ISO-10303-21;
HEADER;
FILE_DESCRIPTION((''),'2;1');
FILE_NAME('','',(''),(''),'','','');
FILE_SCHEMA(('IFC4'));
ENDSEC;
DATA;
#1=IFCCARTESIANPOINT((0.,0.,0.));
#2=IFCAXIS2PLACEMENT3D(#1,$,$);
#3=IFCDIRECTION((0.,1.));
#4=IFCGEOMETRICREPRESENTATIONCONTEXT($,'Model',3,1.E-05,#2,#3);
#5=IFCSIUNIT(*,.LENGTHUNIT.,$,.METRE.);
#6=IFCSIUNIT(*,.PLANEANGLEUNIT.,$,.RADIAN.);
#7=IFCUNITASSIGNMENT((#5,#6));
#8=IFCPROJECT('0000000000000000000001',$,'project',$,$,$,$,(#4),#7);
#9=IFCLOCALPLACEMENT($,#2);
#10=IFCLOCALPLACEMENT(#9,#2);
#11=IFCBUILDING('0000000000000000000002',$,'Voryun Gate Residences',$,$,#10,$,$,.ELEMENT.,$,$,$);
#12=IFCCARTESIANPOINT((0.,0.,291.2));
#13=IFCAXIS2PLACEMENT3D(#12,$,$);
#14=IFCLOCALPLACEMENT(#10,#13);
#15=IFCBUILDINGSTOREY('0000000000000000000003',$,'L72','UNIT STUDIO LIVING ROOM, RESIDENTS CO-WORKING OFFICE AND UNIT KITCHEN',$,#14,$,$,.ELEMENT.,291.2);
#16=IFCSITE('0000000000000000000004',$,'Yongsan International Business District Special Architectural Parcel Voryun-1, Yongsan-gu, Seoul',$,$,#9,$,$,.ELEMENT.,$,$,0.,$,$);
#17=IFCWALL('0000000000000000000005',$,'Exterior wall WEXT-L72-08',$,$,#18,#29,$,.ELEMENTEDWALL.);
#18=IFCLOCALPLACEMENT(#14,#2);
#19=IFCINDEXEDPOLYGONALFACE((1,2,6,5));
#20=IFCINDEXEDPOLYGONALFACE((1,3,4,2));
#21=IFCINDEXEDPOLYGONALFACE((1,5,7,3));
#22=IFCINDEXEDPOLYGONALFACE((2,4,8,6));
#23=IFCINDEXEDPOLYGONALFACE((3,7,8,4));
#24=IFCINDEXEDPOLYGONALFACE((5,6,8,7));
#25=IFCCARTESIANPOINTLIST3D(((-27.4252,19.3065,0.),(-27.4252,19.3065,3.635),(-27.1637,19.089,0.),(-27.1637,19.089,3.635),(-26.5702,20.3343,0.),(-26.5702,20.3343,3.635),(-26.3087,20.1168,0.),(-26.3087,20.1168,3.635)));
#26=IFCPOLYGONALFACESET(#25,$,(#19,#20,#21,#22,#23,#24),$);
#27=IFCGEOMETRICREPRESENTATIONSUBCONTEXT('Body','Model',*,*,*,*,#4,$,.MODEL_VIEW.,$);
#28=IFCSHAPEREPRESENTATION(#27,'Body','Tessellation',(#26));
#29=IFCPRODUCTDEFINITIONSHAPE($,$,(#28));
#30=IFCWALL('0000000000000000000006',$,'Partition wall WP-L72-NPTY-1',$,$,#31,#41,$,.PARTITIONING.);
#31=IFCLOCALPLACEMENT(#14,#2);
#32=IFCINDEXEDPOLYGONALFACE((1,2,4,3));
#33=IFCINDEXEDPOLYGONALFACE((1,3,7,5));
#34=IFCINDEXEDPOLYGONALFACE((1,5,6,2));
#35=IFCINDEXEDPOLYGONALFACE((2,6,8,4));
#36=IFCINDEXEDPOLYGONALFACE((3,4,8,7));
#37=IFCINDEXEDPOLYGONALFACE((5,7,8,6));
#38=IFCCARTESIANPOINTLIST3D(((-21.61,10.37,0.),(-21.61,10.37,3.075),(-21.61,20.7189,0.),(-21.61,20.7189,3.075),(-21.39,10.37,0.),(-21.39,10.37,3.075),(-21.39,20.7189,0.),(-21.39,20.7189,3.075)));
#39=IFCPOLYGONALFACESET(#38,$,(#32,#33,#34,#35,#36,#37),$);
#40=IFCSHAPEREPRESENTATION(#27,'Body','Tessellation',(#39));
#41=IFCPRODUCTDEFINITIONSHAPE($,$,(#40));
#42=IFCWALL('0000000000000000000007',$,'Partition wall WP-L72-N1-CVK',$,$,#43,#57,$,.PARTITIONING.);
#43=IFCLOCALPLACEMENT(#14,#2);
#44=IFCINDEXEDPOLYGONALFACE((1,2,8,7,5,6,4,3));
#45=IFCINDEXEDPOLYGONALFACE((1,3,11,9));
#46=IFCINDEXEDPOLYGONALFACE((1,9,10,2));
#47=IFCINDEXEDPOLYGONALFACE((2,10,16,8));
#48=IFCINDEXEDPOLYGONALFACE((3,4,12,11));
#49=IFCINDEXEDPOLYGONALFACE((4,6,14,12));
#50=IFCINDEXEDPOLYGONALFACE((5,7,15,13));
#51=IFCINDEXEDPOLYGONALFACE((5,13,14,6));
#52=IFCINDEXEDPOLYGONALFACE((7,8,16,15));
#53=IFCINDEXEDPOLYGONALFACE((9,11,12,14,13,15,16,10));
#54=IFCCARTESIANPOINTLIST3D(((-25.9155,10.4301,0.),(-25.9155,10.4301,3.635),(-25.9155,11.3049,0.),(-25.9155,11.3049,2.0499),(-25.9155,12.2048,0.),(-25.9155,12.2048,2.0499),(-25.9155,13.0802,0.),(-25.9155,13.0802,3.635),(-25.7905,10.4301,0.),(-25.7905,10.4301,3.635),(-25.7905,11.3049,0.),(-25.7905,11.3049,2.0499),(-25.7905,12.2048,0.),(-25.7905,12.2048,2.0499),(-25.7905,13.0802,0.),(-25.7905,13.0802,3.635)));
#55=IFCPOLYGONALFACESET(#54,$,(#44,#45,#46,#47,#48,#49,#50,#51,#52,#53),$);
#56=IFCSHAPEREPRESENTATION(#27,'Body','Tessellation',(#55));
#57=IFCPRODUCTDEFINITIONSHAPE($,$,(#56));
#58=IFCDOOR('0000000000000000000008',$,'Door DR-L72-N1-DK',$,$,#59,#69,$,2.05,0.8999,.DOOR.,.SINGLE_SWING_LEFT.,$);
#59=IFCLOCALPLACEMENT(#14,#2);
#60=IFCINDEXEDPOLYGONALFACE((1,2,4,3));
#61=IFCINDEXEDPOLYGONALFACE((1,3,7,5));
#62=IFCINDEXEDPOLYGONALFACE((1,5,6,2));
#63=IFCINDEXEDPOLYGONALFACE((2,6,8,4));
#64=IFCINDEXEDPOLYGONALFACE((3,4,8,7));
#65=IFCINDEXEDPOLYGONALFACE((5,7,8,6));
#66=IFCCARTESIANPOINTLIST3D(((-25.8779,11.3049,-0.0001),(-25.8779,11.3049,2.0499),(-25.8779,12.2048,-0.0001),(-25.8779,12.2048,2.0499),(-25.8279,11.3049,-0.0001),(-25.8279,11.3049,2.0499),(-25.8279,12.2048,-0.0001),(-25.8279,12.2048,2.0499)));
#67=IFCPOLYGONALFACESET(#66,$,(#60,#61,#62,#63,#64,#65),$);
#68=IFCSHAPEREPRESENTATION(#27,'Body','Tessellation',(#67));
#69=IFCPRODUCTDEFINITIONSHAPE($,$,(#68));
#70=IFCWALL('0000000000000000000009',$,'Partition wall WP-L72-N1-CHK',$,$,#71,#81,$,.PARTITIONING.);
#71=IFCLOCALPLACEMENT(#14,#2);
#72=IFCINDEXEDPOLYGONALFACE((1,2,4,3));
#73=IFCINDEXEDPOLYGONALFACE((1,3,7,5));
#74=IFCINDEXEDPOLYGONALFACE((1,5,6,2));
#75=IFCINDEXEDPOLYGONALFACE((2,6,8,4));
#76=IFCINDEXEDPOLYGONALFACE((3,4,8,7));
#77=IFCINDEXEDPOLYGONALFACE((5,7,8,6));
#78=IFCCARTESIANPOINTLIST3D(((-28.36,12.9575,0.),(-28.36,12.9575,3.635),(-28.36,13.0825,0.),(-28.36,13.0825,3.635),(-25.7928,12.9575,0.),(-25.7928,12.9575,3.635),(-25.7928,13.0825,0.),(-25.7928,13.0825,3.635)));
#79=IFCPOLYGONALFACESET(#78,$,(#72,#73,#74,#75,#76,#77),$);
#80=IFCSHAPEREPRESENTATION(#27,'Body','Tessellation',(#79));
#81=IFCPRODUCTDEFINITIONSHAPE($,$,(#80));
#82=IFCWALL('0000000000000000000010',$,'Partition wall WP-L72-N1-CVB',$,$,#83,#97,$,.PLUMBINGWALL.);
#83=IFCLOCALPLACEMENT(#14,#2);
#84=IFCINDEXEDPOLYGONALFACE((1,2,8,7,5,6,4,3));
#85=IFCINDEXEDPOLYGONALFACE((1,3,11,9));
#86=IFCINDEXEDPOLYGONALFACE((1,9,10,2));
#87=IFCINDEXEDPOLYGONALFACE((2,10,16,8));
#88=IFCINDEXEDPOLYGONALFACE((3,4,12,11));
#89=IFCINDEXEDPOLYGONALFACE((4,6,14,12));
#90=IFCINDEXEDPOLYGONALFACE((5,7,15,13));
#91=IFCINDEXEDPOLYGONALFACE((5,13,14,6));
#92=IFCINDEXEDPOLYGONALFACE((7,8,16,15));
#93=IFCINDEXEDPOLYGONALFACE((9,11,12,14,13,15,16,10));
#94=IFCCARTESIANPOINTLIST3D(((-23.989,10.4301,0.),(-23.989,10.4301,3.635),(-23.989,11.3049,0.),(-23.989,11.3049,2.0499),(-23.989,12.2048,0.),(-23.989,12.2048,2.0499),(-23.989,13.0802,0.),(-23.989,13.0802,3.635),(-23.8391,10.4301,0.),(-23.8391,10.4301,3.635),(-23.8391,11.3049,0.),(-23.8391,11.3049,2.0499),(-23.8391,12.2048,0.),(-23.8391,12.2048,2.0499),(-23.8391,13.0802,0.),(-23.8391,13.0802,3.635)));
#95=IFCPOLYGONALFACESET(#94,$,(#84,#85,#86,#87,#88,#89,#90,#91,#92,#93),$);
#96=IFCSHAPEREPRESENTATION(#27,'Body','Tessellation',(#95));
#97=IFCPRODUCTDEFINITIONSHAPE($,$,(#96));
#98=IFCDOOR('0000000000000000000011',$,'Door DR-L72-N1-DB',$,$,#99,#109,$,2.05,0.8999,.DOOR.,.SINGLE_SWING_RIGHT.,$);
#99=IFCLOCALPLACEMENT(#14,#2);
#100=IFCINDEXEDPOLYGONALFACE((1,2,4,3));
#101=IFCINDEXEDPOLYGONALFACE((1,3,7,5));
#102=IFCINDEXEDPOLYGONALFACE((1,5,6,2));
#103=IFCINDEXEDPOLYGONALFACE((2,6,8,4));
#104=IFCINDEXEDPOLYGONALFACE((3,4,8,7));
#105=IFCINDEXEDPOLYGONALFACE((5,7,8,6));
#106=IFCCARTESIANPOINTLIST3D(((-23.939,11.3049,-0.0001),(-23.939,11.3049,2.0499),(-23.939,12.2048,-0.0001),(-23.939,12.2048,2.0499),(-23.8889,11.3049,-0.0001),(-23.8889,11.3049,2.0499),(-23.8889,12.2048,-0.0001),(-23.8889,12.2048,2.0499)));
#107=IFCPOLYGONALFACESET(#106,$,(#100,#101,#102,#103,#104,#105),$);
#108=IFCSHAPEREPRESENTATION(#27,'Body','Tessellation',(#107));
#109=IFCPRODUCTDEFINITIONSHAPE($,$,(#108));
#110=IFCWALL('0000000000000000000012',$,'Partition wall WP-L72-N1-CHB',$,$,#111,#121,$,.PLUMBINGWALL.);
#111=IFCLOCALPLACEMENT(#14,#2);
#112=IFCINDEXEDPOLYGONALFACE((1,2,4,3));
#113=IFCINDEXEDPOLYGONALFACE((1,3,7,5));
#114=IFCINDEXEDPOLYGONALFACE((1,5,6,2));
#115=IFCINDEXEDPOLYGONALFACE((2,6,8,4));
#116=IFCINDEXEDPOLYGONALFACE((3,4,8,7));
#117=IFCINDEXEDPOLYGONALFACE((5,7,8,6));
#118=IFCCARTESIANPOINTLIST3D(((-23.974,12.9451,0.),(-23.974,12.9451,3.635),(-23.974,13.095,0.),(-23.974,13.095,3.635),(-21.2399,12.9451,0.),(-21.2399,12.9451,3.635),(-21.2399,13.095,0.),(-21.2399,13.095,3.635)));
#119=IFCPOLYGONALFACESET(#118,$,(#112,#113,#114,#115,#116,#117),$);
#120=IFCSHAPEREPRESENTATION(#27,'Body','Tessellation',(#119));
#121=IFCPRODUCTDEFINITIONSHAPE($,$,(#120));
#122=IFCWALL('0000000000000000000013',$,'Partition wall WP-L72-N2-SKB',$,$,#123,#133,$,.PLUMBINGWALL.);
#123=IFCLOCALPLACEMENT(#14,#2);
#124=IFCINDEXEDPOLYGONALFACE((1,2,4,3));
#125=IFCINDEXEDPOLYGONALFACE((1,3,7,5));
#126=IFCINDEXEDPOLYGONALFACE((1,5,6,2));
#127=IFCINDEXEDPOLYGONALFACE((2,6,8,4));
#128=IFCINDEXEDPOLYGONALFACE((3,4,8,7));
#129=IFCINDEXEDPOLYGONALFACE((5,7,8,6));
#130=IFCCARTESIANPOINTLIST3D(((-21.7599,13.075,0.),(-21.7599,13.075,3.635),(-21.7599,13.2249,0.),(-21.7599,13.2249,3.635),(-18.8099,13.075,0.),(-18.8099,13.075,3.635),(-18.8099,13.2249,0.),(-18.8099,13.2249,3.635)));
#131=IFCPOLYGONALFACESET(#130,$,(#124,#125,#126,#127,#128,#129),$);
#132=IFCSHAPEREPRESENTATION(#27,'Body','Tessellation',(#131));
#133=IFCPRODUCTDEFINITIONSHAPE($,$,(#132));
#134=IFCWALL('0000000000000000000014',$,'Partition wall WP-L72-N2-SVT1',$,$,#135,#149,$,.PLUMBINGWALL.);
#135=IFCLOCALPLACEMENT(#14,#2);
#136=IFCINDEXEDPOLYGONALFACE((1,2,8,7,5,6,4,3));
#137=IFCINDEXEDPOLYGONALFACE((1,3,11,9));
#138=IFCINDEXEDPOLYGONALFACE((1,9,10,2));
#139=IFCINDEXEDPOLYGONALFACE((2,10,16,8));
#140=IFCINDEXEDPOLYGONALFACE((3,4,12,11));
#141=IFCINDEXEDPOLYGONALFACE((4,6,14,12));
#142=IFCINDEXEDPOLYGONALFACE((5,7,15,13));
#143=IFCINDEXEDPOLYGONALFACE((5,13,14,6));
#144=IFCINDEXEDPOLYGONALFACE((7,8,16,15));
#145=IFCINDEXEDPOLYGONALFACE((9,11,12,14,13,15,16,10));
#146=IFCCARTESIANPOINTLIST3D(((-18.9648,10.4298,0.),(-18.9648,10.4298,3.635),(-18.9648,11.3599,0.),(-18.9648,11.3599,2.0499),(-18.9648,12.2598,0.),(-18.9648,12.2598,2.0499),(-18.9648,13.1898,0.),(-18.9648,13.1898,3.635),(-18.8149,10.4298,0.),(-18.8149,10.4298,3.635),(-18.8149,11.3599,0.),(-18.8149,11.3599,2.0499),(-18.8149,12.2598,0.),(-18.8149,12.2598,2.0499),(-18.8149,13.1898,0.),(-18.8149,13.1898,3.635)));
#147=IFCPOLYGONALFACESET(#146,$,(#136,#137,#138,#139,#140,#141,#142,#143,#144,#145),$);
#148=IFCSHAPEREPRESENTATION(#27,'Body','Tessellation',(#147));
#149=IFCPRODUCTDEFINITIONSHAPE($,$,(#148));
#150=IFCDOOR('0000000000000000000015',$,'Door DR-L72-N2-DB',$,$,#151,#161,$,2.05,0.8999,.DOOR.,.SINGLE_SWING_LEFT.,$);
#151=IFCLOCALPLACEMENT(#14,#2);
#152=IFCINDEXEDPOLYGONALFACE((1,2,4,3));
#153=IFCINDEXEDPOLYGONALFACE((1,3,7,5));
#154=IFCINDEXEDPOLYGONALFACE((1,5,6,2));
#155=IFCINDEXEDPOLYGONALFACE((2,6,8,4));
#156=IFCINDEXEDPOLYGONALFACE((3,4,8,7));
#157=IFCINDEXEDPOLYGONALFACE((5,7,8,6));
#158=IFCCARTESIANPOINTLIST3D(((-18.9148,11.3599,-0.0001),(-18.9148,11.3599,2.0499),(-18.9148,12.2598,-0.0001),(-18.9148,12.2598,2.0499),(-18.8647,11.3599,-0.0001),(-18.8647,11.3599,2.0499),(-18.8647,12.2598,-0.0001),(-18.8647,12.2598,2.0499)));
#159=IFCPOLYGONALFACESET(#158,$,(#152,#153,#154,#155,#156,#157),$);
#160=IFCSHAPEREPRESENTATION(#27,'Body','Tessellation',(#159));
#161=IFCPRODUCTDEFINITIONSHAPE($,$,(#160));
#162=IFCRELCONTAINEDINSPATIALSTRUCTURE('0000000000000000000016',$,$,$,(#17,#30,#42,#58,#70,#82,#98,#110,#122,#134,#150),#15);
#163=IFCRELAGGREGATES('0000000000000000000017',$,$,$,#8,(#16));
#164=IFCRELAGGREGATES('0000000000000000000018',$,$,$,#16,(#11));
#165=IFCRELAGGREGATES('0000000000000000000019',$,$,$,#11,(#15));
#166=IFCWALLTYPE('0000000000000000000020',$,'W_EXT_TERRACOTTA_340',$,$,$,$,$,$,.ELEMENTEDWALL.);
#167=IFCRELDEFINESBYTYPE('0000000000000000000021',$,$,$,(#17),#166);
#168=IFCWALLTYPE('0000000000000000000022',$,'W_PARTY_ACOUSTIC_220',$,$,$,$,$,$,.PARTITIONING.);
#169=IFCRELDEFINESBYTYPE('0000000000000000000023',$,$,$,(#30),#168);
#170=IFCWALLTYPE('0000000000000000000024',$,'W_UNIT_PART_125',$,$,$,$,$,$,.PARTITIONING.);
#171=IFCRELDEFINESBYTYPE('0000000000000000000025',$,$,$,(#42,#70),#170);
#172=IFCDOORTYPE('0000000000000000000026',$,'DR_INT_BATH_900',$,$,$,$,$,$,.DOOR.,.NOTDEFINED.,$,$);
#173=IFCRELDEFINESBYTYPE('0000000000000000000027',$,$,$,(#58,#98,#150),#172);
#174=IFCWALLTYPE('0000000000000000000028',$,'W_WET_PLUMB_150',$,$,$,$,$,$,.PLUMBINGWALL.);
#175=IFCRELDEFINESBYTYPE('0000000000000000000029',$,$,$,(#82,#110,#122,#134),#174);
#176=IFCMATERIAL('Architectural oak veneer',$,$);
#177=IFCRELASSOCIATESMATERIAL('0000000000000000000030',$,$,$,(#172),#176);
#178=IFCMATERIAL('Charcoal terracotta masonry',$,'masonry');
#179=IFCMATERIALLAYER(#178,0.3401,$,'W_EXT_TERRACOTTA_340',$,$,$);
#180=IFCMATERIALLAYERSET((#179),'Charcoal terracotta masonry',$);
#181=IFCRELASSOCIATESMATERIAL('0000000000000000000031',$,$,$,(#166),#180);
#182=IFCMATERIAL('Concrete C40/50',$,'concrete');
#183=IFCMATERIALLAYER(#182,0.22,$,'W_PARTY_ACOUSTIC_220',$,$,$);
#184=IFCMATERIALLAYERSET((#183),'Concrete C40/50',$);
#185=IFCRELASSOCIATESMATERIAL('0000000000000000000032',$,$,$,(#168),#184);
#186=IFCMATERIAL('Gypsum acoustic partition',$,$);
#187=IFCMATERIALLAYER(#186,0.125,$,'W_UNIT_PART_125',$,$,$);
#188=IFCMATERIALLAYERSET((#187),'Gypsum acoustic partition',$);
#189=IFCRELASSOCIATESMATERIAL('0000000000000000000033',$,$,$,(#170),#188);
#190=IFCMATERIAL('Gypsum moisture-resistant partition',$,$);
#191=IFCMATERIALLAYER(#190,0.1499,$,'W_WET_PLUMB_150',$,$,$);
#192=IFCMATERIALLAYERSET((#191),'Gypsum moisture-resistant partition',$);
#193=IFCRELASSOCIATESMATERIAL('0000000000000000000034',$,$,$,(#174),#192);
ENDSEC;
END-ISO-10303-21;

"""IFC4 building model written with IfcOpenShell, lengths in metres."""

from ifc_helpers import new_model, si_unit, direction, frame, frame_2d, origin, place, context, subcontext, project, spatial, rectangle, extrude, material, layer, layer_set, type_object, element, fill, save


model = new_model("IFC4")

# Units and contexts
model_context = context("Model", 3, precision=1e-05, world=origin(), true_north=direction((0.0, 1.0)))
body_context = subcontext(model_context, "Body", "Model", "MODEL_VIEW")
ifc_project = project(units=[si_unit("LENGTHUNIT", "METRE"), si_unit("PLANEANGLEUNIT", "RADIAN")], contexts=[model_context])

# Site, building, storey
site_placement = place(None, origin())
site = spatial("IfcSite", under=ifc_project, at=site_placement, Name="Yongsan International Business District Special Architectural Parcel Voryun-1, Yongsan-gu, Seoul", CompositionType="ELEMENT", RefElevation=0.0)
building_placement = place(site_placement, origin())
building = spatial("IfcBuilding", under=site, at=building_placement, Name="Voryun Gate Residences", CompositionType="ELEMENT")
storey_placement = place(building_placement, frame((0.0, 0.0, 291.2)))
storey = spatial("IfcBuildingStorey", under=building, at=storey_placement, Name="L72", Description="UNIT STUDIO LIVING ROOM, RESIDENTS CO-WORKING OFFICE AND UNIT KITCHEN", CompositionType="ELEMENT", Elevation=291.2)

# Shared definitions
ifc_material_1 = material(Name="Architectural oak veneer")
door_type_1 = type_object("IfcDoorType", Name="DR_INT_BATH_900", OperationType="NOTDEFINED", PredefinedType="DOOR", material=ifc_material_1)

# Walls
ifc_material_2 = material(Name="Charcoal terracotta masonry", Category="masonry")
ifc_layer_1 = layer(ifc_material_2, 0.3401, Name="W_EXT_TERRACOTTA_340")
ifc_layer_set_1 = layer_set([ifc_layer_1], Name="Charcoal terracotta masonry")
wall_type_1 = type_object("IfcWallType", Name="W_EXT_TERRACOTTA_340", PredefinedType="ELEMENTEDWALL", material=ifc_layer_set_1)
wall_1_placement = place(storey_placement, frame((-27.2944, 19.1978, 0.0), z_axis=(0.0, 0.0, 1.0), x_axis=(0.639502, 0.76879, 0.0)))
element("IfcWall", 1, at=wall_1_placement, inside=storey, type_object=wall_type_1, Name="Exterior wall WEXT-L72-08", PredefinedType="ELEMENTEDWALL", context=body_context, shape_type="SweptSolid", body=[
    extrude(rectangle(XDim=1.3369, YDim=0.3401, at=frame_2d((0.6685, 0.0))), origin(), (0.0, 0.0, 1.0), 3.635),
])
ifc_material_3 = material(Name="Concrete C40/50", Category="concrete")
ifc_layer_2 = layer(ifc_material_3, 0.22, Name="W_PARTY_ACOUSTIC_220")
ifc_layer_set_2 = layer_set([ifc_layer_2], Name="Concrete C40/50")
wall_type_2 = type_object("IfcWallType", Name="W_PARTY_ACOUSTIC_220", PredefinedType="PARTITIONING", material=ifc_layer_set_2)
wall_2_placement = place(storey_placement, frame((-21.5, 10.3701, 0.0), z_axis=(0.0, 0.0, 1.0), x_axis=(0.0, 1.0, 0.0)))
element("IfcWall", 2, at=wall_2_placement, inside=storey, type_object=wall_type_2, Name="Partition wall WP-L72-NPTY-1", PredefinedType="PARTITIONING", context=body_context, shape_type="SweptSolid", body=[
    extrude(rectangle(XDim=10.3489, YDim=0.22, at=frame_2d((5.1743, 0.0))), origin(), (0.0, 0.0, 1.0), 3.075),
])

# Wall, opening, door
ifc_material_4 = material(Name="Gypsum acoustic partition")
ifc_layer_3 = layer(ifc_material_4, 0.125, Name="W_UNIT_PART_125")
ifc_layer_set_3 = layer_set([ifc_layer_3], Name="Gypsum acoustic partition")
wall_type_3 = type_object("IfcWallType", Name="W_UNIT_PART_125", PredefinedType="PARTITIONING", material=ifc_layer_set_3)
wall_3_placement = place(storey_placement, frame((-25.853, 10.4299, 0.0), z_axis=(0.0, 0.0, 1.0), x_axis=(0.0, 1.0, 0.0)))
wall_3 = element("IfcWall", 3, at=wall_3_placement, inside=storey, type_object=wall_type_3, Name="Partition wall WP-L72-N1-CVK", PredefinedType="PARTITIONING", context=body_context, shape_type="SweptSolid", body=[
    extrude(rectangle(XDim=2.6501, YDim=0.125, at=frame_2d((1.3252, 0.0))), origin(), (0.0, 0.0, 1.0), 3.635),
])
opening_1_placement = place(wall_3_placement, frame((0.875, 0.0, 0.0)))
opening_1 = element("IfcOpeningElement", 4, at=opening_1_placement, cuts=wall_3, PredefinedType="OPENING", context=body_context, shape_type="SweptSolid", body=[
    extrude(rectangle(XDim=0.8999, YDim=2.05, at=frame_2d((0.45, 1.0249))), frame((0.0, 0.0725, 0.0), z_axis=(0.0, -1.0, 0.0), x_axis=(1.0, 0.0, 0.0)), (0.0, 0.0, 1.0), 0.145),
])
door_1_placement = place(opening_1_placement, origin())
door_1 = element("IfcDoor", 5, at=door_1_placement, inside=storey, type_object=door_type_1, Name="Door DR-L72-N1-DK", OperationType="SINGLE_SWING_LEFT", OverallHeight=2.05, OverallWidth=0.8999, PredefinedType="DOOR", context=body_context, shape_type="SweptSolid", body=[
    extrude(rectangle(XDim=0.8999, YDim=2.05, at=frame_2d((0.45, 1.0249))), frame((0.0, 0.0249, 0.0), z_axis=(0.0, -1.0, 0.0), x_axis=(1.0, 0.0, 0.0)), (0.0, 0.0, 1.0), 0.05),
])
fill(opening_1, door_1)

# Wall
wall_4_placement = place(storey_placement, frame((-28.3601, 13.02, 0.0), z_axis=(0.0, 0.0, 1.0), x_axis=(1.0, 0.0, 0.0)))
element("IfcWall", 6, at=wall_4_placement, inside=storey, type_object=wall_type_3, Name="Partition wall WP-L72-N1-CHK", PredefinedType="PARTITIONING", context=body_context, shape_type="SweptSolid", body=[
    extrude(rectangle(XDim=2.5671, YDim=0.125, at=frame_2d((1.2837, 0.0))), origin(), (0.0, 0.0, 1.0), 3.635),
])

# Wall, opening, door
ifc_material_5 = material(Name="Gypsum moisture-resistant partition")
ifc_layer_4 = layer(ifc_material_5, 0.1499, Name="W_WET_PLUMB_150")
ifc_layer_set_4 = layer_set([ifc_layer_4], Name="Gypsum moisture-resistant partition")
wall_type_4 = type_object("IfcWallType", Name="W_WET_PLUMB_150", PredefinedType="PLUMBINGWALL", material=ifc_layer_set_4)
wall_5_placement = place(storey_placement, frame((-23.9141, 10.4299, 0.0), z_axis=(0.0, 0.0, 1.0), x_axis=(0.0, 1.0, 0.0)))
wall_5 = element("IfcWall", 7, at=wall_5_placement, inside=storey, type_object=wall_type_4, Name="Partition wall WP-L72-N1-CVB", PredefinedType="PLUMBINGWALL", context=body_context, shape_type="SweptSolid", body=[
    extrude(rectangle(XDim=2.6501, YDim=0.1499, at=frame_2d((1.3252, 0.0))), origin(), (0.0, 0.0, 1.0), 3.635),
])
opening_2_placement = place(wall_5_placement, frame((0.875, 0.0, 0.0)))
opening_2 = element("IfcOpeningElement", 8, at=opening_2_placement, cuts=wall_5, PredefinedType="OPENING", context=body_context, shape_type="SweptSolid", body=[
    extrude(rectangle(XDim=0.8999, YDim=2.05, at=frame_2d((0.45, 1.0249))), frame((0.0, 0.085, 0.0), z_axis=(0.0, -1.0, 0.0), x_axis=(1.0, 0.0, 0.0)), (0.0, 0.0, 1.0), 0.1699),
])
door_2_placement = place(opening_2_placement, origin())
door_2 = element("IfcDoor", 9, at=door_2_placement, inside=storey, type_object=door_type_1, Name="Door DR-L72-N1-DB", OperationType="SINGLE_SWING_RIGHT", OverallHeight=2.05, OverallWidth=0.8999, PredefinedType="DOOR", context=body_context, shape_type="SweptSolid", body=[
    extrude(rectangle(XDim=0.8999, YDim=2.05, at=frame_2d((0.45, 1.0249))), frame((0.0, 0.0249, 0.0), z_axis=(0.0, -1.0, 0.0), x_axis=(1.0, 0.0, 0.0)), (0.0, 0.0, 1.0), 0.05),
])
fill(opening_2, door_2)

# Walls
wall_6_placement = place(storey_placement, frame((-23.9741, 13.02, 0.0), z_axis=(0.0, 0.0, 1.0), x_axis=(1.0, 0.0, 0.0)))
element("IfcWall", 10, at=wall_6_placement, inside=storey, type_object=wall_type_4, Name="Partition wall WP-L72-N1-CHB", PredefinedType="PLUMBINGWALL", context=body_context, shape_type="SweptSolid", body=[
    extrude(rectangle(XDim=2.7341, YDim=0.1499, at=frame_2d((1.3672, 0.0))), origin(), (0.0, 0.0, 1.0), 3.635),
])
wall_7_placement = place(storey_placement, frame((-21.76, 13.1499, 0.0), z_axis=(0.0, 0.0, 1.0), x_axis=(1.0, 0.0, 0.0)))
element("IfcWall", 11, at=wall_7_placement, inside=storey, type_object=wall_type_4, Name="Partition wall WP-L72-N2-SKB", PredefinedType="PLUMBINGWALL", context=body_context, shape_type="SweptSolid", body=[
    extrude(rectangle(XDim=2.95, YDim=0.1499, at=frame_2d((1.4751, 0.0))), origin(), (0.0, 0.0, 1.0), 3.635),
])

# Wall, opening, door
wall_8_placement = place(storey_placement, frame((-18.8899, 10.4299, 0.0), z_axis=(0.0, 0.0, 1.0), x_axis=(0.0, 1.0, 0.0)))
wall_8 = element("IfcWall", 12, at=wall_8_placement, inside=storey, type_object=wall_type_4, Name="Partition wall WP-L72-N2-SVT1", PredefinedType="PLUMBINGWALL", context=body_context, shape_type="SweptSolid", body=[
    extrude(rectangle(XDim=2.76, YDim=0.1499, at=frame_2d((1.3799, 0.0))), origin(), (0.0, 0.0, 1.0), 3.635),
])
opening_3_placement = place(wall_8_placement, frame((0.9299, 0.0, 0.0)))
opening_3 = element("IfcOpeningElement", 13, at=opening_3_placement, cuts=wall_8, PredefinedType="OPENING", context=body_context, shape_type="SweptSolid", body=[
    extrude(rectangle(XDim=0.8999, YDim=2.05, at=frame_2d((0.45, 1.0249))), frame((0.0, 0.085, 0.0), z_axis=(0.0, -1.0, 0.0), x_axis=(1.0, 0.0, 0.0)), (0.0, 0.0, 1.0), 0.1699),
])
door_3_placement = place(opening_3_placement, origin())
door_3 = element("IfcDoor", 14, at=door_3_placement, inside=storey, type_object=door_type_1, Name="Door DR-L72-N2-DB", OperationType="SINGLE_SWING_LEFT", OverallHeight=2.05, OverallWidth=0.8999, PredefinedType="DOOR", context=body_context, shape_type="SweptSolid", body=[
    extrude(rectangle(XDim=0.8999, YDim=2.05, at=frame_2d((0.45, 1.0249))), frame((0.0, 0.0249, 0.0), z_axis=(0.0, -1.0, 0.0), x_axis=(1.0, 0.0, 0.0)), (0.0, 0.0, 1.0), 0.05),
])
fill(opening_3, door_3)

save(model, "model.ifc")
